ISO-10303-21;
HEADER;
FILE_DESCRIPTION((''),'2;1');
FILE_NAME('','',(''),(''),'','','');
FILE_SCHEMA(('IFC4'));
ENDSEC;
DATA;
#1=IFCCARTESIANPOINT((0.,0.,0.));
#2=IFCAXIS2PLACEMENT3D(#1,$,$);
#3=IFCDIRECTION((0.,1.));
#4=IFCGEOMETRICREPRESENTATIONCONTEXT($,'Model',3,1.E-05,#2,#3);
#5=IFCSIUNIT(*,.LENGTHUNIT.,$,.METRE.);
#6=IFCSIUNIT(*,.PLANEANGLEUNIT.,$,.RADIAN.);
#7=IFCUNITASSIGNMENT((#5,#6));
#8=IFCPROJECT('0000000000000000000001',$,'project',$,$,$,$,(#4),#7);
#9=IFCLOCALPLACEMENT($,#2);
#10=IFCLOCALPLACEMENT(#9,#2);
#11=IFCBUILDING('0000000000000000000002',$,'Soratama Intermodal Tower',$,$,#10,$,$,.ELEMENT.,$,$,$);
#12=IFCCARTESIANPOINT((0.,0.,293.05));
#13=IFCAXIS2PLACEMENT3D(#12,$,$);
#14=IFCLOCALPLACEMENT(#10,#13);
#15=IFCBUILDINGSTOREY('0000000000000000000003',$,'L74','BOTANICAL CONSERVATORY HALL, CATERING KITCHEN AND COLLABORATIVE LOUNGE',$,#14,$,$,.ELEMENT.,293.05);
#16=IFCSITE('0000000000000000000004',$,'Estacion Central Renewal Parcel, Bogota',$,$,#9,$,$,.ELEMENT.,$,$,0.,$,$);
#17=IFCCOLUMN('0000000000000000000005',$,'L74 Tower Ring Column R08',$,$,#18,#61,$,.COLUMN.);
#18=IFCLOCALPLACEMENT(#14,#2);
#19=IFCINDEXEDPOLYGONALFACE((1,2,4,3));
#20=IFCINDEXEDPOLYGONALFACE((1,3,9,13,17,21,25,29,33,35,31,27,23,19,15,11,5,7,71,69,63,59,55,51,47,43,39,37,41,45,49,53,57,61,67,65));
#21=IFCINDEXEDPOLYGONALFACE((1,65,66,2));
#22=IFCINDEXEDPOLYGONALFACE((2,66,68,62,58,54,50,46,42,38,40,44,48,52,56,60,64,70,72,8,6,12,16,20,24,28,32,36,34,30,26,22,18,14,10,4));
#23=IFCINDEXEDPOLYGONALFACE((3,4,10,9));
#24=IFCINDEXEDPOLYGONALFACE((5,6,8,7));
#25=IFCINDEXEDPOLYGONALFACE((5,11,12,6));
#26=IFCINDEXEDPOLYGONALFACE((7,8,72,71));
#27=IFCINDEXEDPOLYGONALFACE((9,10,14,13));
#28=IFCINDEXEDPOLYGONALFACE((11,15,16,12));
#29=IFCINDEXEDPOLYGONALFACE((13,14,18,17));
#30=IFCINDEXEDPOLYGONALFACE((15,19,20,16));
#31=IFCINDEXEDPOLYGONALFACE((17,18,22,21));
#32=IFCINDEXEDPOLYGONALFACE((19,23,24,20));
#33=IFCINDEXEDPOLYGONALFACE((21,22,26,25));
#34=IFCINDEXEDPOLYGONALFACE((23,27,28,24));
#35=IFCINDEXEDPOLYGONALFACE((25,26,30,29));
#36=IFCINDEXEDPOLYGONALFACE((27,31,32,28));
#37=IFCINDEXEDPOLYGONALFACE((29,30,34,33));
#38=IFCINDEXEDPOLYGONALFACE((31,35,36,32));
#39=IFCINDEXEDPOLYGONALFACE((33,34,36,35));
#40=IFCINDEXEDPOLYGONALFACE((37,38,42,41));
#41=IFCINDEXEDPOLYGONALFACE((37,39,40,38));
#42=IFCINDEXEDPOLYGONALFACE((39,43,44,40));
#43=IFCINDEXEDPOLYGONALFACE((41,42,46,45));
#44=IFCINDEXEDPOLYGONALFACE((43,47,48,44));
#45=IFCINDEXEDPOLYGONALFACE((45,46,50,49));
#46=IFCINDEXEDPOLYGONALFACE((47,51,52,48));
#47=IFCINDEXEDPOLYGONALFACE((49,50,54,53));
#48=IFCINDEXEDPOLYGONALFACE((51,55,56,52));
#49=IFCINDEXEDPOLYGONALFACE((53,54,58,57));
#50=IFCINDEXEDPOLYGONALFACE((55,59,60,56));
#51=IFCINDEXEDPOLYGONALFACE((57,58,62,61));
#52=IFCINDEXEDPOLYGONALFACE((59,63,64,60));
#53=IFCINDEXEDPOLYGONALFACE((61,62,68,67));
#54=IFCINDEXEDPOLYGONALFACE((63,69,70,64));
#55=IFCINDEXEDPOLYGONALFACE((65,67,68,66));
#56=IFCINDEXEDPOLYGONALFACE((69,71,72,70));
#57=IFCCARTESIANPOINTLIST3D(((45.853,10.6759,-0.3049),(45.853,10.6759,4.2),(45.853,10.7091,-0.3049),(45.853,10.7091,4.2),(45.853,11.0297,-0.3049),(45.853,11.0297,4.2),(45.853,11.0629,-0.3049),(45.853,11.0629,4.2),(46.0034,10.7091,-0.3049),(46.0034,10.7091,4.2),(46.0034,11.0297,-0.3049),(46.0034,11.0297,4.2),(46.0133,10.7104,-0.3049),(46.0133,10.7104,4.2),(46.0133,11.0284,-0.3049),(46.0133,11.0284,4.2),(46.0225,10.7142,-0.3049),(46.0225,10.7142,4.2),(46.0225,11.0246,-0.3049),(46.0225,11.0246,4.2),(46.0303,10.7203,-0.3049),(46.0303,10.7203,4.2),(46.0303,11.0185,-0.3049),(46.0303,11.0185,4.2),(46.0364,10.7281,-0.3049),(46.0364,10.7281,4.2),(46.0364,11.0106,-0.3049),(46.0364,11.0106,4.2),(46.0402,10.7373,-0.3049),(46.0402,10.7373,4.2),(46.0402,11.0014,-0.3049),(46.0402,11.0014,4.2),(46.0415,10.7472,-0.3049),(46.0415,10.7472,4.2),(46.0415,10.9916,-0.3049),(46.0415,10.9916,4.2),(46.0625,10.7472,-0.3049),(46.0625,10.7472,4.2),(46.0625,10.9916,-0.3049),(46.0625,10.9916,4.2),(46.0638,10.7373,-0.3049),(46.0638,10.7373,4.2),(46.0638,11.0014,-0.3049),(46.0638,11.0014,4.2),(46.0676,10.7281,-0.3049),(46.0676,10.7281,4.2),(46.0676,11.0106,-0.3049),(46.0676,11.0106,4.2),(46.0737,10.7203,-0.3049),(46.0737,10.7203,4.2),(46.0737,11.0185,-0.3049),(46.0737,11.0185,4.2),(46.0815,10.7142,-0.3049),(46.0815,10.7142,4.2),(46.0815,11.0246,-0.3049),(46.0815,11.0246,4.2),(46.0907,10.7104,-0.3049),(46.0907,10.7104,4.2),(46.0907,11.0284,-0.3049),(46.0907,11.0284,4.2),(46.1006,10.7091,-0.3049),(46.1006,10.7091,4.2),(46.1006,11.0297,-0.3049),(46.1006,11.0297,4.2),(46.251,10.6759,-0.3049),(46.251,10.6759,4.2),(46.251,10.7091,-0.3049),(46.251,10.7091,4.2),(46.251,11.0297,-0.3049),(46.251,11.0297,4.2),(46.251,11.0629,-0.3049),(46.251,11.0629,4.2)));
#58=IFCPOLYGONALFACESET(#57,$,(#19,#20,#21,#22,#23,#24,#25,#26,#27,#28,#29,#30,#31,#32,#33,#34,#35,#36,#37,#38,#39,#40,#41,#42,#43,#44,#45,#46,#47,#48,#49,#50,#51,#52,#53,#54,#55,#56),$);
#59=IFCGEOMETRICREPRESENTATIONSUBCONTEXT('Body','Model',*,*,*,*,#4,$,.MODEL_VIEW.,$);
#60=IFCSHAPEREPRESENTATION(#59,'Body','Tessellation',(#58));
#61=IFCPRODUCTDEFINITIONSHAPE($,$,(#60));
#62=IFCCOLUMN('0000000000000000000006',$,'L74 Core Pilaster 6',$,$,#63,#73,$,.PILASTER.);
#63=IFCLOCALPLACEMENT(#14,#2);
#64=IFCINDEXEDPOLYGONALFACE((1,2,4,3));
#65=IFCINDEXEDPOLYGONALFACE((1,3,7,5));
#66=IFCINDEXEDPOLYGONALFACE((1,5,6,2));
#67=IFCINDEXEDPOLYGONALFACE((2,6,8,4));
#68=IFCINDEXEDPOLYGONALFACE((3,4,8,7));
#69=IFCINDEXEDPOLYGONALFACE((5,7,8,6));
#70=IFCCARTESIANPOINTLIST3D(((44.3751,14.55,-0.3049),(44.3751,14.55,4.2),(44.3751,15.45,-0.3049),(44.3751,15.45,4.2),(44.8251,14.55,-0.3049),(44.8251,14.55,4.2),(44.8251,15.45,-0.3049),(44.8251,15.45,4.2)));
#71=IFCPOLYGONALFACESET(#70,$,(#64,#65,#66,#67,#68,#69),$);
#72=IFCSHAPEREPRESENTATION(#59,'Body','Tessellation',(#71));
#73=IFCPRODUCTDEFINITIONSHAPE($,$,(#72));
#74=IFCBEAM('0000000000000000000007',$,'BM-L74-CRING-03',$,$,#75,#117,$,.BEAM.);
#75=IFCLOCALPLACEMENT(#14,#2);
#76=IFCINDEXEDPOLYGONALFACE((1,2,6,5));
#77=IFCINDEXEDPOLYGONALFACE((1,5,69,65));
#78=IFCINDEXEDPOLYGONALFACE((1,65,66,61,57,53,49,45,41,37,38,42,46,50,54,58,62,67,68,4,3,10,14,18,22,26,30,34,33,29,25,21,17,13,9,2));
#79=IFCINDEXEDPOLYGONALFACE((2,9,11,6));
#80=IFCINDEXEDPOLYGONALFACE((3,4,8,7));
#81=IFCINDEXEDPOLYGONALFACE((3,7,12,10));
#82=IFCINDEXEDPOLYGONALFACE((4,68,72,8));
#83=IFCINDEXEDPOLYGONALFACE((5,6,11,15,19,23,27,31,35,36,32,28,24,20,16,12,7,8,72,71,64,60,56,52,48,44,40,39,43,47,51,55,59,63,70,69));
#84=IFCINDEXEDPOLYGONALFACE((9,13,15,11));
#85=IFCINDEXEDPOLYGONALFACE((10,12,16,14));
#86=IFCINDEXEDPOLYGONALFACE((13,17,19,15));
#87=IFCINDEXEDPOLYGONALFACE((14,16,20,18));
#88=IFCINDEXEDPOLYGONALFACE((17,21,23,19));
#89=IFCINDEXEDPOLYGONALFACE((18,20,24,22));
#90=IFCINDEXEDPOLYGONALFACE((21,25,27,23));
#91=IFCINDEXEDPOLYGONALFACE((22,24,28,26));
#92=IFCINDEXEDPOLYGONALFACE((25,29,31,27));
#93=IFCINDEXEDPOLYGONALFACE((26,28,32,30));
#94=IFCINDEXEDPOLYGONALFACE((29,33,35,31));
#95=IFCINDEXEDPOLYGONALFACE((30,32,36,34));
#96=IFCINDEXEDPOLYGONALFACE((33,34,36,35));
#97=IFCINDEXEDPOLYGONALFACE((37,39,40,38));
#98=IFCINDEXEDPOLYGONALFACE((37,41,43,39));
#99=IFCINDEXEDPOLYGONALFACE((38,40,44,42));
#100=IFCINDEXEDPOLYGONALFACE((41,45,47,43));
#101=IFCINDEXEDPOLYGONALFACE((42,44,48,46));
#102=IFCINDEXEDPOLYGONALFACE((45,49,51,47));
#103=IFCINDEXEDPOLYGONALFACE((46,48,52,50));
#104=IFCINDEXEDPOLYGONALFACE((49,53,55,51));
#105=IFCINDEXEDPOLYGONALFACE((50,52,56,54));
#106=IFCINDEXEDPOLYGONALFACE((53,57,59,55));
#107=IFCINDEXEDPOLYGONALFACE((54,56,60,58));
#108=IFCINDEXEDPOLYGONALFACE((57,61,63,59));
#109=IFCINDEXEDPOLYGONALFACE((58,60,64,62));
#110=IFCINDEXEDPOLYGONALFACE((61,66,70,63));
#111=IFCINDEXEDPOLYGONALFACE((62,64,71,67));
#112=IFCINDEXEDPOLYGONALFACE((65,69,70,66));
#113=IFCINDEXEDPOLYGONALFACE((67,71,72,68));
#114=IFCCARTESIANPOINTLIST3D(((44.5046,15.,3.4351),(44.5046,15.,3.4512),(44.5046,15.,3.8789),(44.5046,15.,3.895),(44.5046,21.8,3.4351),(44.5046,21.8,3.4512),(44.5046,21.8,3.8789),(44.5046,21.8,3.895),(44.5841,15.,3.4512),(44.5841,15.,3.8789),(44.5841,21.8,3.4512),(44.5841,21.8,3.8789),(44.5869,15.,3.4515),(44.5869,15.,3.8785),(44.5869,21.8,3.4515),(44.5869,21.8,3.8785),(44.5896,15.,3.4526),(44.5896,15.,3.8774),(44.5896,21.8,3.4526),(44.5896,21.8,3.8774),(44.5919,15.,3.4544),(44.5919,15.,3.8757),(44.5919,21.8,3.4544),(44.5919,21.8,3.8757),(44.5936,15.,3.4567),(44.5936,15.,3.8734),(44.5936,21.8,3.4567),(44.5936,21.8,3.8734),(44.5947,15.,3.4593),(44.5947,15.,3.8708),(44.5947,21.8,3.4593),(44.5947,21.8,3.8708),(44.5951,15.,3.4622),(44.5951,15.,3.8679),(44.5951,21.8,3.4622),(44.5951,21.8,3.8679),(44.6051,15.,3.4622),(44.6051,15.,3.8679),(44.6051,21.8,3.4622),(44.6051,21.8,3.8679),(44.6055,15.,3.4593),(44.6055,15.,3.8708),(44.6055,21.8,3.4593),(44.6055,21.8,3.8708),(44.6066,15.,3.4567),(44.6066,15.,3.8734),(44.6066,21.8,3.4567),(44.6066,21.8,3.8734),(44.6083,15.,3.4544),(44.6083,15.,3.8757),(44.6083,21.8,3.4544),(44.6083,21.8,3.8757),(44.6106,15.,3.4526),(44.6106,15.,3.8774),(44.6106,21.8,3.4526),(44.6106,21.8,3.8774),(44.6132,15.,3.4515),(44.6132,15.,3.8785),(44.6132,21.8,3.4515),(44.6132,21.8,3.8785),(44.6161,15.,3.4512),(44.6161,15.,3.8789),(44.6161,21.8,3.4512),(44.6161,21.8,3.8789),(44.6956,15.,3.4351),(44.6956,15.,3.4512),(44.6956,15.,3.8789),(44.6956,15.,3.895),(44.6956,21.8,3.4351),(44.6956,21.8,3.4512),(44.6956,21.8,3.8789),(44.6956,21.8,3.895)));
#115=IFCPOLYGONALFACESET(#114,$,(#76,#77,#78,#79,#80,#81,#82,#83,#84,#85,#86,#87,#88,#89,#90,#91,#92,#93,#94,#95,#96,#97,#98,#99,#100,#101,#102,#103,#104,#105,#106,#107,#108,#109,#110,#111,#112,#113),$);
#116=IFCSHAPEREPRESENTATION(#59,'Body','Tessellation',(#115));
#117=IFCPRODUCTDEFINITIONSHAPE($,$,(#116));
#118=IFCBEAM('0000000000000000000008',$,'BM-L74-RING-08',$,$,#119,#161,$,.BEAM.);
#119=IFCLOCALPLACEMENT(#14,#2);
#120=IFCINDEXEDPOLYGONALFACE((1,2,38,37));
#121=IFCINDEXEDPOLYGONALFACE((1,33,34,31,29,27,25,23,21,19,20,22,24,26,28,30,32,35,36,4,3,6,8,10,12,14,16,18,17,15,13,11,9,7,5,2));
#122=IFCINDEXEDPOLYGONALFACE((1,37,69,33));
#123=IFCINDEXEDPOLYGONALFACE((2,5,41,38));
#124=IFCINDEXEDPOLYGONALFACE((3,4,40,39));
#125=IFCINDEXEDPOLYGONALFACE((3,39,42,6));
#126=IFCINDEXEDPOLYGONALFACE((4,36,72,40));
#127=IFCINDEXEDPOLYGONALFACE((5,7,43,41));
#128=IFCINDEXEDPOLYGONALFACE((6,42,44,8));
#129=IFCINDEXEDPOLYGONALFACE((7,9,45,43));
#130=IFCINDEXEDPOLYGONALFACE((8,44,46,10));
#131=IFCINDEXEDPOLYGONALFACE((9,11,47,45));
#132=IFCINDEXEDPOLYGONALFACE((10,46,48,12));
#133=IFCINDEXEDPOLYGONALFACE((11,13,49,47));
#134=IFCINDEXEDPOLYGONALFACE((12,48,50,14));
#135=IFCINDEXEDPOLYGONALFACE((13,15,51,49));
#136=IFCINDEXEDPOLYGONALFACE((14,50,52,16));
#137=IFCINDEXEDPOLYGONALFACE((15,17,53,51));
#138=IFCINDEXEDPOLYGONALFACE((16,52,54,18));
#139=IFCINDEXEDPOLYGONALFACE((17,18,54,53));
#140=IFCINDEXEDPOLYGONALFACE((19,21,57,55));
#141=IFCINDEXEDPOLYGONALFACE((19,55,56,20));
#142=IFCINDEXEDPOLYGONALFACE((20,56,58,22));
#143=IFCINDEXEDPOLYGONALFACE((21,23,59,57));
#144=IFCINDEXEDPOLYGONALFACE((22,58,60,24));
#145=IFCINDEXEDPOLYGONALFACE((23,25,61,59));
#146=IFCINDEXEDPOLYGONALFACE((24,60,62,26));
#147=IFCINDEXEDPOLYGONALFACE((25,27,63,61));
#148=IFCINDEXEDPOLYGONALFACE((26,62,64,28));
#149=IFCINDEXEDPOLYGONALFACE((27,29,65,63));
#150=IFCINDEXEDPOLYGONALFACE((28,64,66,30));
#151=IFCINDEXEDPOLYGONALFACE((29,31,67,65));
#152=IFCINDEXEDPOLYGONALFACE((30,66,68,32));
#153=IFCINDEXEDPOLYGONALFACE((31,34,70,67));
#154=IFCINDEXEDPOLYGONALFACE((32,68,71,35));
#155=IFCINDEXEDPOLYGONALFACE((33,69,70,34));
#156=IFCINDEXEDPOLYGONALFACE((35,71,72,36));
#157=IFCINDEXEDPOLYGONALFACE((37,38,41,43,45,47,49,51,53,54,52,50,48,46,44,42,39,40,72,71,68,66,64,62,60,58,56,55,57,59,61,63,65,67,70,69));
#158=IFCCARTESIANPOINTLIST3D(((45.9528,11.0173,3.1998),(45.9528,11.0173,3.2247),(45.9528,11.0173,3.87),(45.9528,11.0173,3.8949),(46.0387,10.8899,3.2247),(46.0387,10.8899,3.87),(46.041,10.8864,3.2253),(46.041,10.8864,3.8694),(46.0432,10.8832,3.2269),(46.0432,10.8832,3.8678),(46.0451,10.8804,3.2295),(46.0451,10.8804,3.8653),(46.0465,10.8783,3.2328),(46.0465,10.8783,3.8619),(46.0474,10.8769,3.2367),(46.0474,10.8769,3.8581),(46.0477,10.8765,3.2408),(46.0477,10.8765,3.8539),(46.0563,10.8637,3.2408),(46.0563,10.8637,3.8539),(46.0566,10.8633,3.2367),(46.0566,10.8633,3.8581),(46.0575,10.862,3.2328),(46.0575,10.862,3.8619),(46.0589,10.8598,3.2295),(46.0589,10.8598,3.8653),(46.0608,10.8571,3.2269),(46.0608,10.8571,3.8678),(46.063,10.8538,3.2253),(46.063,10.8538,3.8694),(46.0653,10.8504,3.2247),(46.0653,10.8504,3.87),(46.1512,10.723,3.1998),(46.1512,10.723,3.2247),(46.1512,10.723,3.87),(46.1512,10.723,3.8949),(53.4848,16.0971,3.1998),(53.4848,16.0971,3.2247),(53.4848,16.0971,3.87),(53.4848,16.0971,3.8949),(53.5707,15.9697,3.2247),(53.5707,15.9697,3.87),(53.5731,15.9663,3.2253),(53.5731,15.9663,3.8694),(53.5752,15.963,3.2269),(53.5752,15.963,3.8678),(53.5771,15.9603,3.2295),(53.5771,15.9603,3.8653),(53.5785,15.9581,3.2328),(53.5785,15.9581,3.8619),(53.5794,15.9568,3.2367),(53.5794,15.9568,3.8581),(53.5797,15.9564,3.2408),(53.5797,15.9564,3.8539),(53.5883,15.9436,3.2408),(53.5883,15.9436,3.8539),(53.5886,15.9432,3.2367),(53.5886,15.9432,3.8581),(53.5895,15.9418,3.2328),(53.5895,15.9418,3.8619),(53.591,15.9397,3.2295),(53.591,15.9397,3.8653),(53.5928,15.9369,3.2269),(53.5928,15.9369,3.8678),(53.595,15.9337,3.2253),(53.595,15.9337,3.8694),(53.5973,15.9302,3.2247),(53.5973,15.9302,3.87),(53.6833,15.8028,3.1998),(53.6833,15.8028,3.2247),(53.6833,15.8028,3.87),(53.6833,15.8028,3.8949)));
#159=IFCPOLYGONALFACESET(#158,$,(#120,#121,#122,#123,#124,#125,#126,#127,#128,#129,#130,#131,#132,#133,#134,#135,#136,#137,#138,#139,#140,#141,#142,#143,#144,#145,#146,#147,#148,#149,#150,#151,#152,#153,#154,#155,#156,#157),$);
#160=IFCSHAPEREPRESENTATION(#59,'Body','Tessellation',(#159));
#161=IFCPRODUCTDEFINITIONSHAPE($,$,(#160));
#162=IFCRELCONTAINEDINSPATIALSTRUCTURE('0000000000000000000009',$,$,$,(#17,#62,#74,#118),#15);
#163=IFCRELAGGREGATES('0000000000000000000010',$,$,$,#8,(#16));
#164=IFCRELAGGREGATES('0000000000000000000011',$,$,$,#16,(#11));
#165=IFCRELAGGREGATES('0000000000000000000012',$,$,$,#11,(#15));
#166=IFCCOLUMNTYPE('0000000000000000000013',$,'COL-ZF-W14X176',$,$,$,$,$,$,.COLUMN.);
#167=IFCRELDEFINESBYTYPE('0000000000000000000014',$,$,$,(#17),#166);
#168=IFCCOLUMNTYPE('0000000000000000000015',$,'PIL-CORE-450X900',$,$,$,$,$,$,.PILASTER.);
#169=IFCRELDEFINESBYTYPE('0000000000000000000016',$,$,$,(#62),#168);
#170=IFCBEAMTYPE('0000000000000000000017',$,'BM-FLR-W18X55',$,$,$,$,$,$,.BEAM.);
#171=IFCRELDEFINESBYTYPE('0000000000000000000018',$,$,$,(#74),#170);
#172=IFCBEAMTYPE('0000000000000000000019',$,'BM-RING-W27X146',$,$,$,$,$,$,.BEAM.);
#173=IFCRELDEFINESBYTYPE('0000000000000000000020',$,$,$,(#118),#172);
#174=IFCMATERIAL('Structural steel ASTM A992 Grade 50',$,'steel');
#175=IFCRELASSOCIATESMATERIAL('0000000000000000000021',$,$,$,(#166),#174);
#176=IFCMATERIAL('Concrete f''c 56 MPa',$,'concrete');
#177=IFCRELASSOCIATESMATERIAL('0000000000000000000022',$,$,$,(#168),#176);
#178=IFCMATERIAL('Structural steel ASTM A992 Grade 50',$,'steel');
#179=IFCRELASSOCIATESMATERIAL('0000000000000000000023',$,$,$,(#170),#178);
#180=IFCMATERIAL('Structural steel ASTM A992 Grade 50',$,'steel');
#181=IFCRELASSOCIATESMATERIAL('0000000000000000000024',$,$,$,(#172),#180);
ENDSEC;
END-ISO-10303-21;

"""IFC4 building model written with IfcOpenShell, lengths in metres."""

from ifc_helpers import new_model, si_unit, direction, frame, origin, origin_2d, place, context, subcontext, project, spatial, rectangle, i_section, extrude, material, material_profile, profile_set, type_object, element, save


model = new_model("IFC4")

# Units and contexts
model_context = context("Model", 3, precision=1e-05, world=origin(), true_north=direction((0.0, 1.0)))
body_context = subcontext(model_context, "Body", "Model", "MODEL_VIEW")
ifc_project = project(units=[si_unit("LENGTHUNIT", "METRE"), si_unit("PLANEANGLEUNIT", "RADIAN")], contexts=[model_context])

# Site, building, storey
site_placement = place(None, origin())
site = spatial("IfcSite", under=ifc_project, at=site_placement, Name="Estacion Central Renewal Parcel, Bogota", CompositionType="ELEMENT", RefElevation=0.0)
building_placement = place(site_placement, origin())
building = spatial("IfcBuilding", under=site, at=building_placement, Name="Soratama Intermodal Tower", CompositionType="ELEMENT")
storey_placement = place(building_placement, frame((0.0, 0.0, 293.05)))
storey = spatial("IfcBuildingStorey", under=building, at=storey_placement, Name="L74", Description="BOTANICAL CONSERVATORY HALL, CATERING KITCHEN AND COLLABORATIVE LOUNGE", CompositionType="ELEMENT", Elevation=293.05)

# Columns
ifc_material_1 = material(Name="Structural steel ASTM A992 Grade 50", Category="steel")
ifc_material_profile_1 = material_profile(ifc_material_1, i_section(OverallWidth=0.3979, OverallDepth=0.387, WebThickness=0.021, FlangeThickness=0.0332, FilletRadius=0.0381, at=origin_2d()), Name="W14X176")
ifc_profile_set_1 = profile_set([ifc_material_profile_1], Name="Structural steel ASTM A992 Grade 50")
column_type_1 = type_object("IfcColumnType", Name="COL-ZF-W14X176", PredefinedType="COLUMN", material=ifc_profile_set_1)
column_1_placement = place(storey_placement, frame((46.052, 10.8694, -0.3049), z_axis=(0.0, 0.0, 1.0), x_axis=(1.0, 0.0, 0.0)))
element("IfcColumn", 1, at=column_1_placement, inside=storey, type_object=column_type_1, Name="L74 Tower Ring Column R08", PredefinedType="COLUMN", context=body_context, shape_type="SweptSolid", body=[
    extrude(i_section(OverallWidth=0.3979, OverallDepth=0.387, WebThickness=0.021, FlangeThickness=0.0332, FilletRadius=0.0381, at=origin_2d()), origin(), (0.0, 0.0, 1.0), 4.5049),
])
ifc_material_2 = material(Name="Concrete f'c 56 MPa", Category="concrete")
ifc_material_profile_2 = material_profile(ifc_material_2, rectangle(XDim=0.45, YDim=0.8999, at=origin_2d()), Name="RC450X900")
ifc_profile_set_2 = profile_set([ifc_material_profile_2], Name="Concrete f'c 56 MPa")
column_type_2 = type_object("IfcColumnType", Name="PIL-CORE-450X900", PredefinedType="PILASTER", material=ifc_profile_set_2)
column_2_placement = place(storey_placement, frame((44.6001, 15.0, -0.3049), z_axis=(0.0, 0.0, 1.0), x_axis=(1.0, 0.0, 0.0)))
element("IfcColumn", 2, at=column_2_placement, inside=storey, type_object=column_type_2, Name="L74 Core Pilaster 6", PredefinedType="PILASTER", context=body_context, shape_type="SweptSolid", body=[
    extrude(rectangle(XDim=0.45, YDim=0.8999, at=origin_2d()), origin(), (0.0, 0.0, 1.0), 4.5049),
])

# Beams
ifc_material_3 = material(Name="Structural steel ASTM A992 Grade 50", Category="steel")
ifc_material_profile_3 = material_profile(ifc_material_3, i_section(OverallWidth=0.1909, OverallDepth=0.46, WebThickness=0.01, FlangeThickness=0.0161, FilletRadius=0.011, at=origin_2d()), Name="W18X55")
ifc_profile_set_3 = profile_set([ifc_material_profile_3], Name="Structural steel ASTM A992 Grade 50")
beam_type_1 = type_object("IfcBeamType", Name="BM-FLR-W18X55", PredefinedType="BEAM", material=ifc_profile_set_3)
beam_1_placement = place(storey_placement, frame((44.6001, 15.0, 3.665), z_axis=(0.0, 1.0, 0.0), x_axis=(-1.0, 0.0, 0.0)))
element("IfcBeam", 3, at=beam_1_placement, inside=storey, type_object=beam_type_1, Name="BM-L74-CRING-03", PredefinedType="BEAM", context=body_context, shape_type="SweptSolid", body=[
    extrude(i_section(OverallWidth=0.1909, OverallDepth=0.46, WebThickness=0.01, FlangeThickness=0.0161, FilletRadius=0.011, at=origin_2d()), origin(), (0.0, 0.0, 1.0), 6.8),
])
ifc_material_4 = material(Name="Structural steel ASTM A992 Grade 50", Category="steel")
ifc_material_profile_4 = material_profile(ifc_material_4, i_section(OverallWidth=0.355, OverallDepth=0.6951, WebThickness=0.0154, FlangeThickness=0.0249, FilletRadius=0.0161, at=origin_2d()), Name="W27X146")
ifc_profile_set_4 = profile_set([ifc_material_profile_4], Name="Structural steel ASTM A992 Grade 50")
beam_type_2 = type_object("IfcBeamType", Name="BM-RING-W27X146", PredefinedType="BEAM", material=ifc_profile_set_4)
beam_2_placement = place(storey_placement, frame((46.052, 10.8701, 3.5474), z_axis=(0.829066, 0.559151, 0.0), x_axis=(-0.559151, 0.829066, 0.0)))
element("IfcBeam", 4, at=beam_2_placement, inside=storey, type_object=beam_type_2, Name="BM-L74-RING-08", PredefinedType="BEAM", context=body_context, shape_type="SweptSolid", body=[
    extrude(i_section(OverallWidth=0.355, OverallDepth=0.6951, WebThickness=0.0154, FlangeThickness=0.0249, FilletRadius=0.0161, at=origin_2d()), origin(), (0.0, 0.0, 1.0), 9.085),
])

save(model, "model.ifc")
